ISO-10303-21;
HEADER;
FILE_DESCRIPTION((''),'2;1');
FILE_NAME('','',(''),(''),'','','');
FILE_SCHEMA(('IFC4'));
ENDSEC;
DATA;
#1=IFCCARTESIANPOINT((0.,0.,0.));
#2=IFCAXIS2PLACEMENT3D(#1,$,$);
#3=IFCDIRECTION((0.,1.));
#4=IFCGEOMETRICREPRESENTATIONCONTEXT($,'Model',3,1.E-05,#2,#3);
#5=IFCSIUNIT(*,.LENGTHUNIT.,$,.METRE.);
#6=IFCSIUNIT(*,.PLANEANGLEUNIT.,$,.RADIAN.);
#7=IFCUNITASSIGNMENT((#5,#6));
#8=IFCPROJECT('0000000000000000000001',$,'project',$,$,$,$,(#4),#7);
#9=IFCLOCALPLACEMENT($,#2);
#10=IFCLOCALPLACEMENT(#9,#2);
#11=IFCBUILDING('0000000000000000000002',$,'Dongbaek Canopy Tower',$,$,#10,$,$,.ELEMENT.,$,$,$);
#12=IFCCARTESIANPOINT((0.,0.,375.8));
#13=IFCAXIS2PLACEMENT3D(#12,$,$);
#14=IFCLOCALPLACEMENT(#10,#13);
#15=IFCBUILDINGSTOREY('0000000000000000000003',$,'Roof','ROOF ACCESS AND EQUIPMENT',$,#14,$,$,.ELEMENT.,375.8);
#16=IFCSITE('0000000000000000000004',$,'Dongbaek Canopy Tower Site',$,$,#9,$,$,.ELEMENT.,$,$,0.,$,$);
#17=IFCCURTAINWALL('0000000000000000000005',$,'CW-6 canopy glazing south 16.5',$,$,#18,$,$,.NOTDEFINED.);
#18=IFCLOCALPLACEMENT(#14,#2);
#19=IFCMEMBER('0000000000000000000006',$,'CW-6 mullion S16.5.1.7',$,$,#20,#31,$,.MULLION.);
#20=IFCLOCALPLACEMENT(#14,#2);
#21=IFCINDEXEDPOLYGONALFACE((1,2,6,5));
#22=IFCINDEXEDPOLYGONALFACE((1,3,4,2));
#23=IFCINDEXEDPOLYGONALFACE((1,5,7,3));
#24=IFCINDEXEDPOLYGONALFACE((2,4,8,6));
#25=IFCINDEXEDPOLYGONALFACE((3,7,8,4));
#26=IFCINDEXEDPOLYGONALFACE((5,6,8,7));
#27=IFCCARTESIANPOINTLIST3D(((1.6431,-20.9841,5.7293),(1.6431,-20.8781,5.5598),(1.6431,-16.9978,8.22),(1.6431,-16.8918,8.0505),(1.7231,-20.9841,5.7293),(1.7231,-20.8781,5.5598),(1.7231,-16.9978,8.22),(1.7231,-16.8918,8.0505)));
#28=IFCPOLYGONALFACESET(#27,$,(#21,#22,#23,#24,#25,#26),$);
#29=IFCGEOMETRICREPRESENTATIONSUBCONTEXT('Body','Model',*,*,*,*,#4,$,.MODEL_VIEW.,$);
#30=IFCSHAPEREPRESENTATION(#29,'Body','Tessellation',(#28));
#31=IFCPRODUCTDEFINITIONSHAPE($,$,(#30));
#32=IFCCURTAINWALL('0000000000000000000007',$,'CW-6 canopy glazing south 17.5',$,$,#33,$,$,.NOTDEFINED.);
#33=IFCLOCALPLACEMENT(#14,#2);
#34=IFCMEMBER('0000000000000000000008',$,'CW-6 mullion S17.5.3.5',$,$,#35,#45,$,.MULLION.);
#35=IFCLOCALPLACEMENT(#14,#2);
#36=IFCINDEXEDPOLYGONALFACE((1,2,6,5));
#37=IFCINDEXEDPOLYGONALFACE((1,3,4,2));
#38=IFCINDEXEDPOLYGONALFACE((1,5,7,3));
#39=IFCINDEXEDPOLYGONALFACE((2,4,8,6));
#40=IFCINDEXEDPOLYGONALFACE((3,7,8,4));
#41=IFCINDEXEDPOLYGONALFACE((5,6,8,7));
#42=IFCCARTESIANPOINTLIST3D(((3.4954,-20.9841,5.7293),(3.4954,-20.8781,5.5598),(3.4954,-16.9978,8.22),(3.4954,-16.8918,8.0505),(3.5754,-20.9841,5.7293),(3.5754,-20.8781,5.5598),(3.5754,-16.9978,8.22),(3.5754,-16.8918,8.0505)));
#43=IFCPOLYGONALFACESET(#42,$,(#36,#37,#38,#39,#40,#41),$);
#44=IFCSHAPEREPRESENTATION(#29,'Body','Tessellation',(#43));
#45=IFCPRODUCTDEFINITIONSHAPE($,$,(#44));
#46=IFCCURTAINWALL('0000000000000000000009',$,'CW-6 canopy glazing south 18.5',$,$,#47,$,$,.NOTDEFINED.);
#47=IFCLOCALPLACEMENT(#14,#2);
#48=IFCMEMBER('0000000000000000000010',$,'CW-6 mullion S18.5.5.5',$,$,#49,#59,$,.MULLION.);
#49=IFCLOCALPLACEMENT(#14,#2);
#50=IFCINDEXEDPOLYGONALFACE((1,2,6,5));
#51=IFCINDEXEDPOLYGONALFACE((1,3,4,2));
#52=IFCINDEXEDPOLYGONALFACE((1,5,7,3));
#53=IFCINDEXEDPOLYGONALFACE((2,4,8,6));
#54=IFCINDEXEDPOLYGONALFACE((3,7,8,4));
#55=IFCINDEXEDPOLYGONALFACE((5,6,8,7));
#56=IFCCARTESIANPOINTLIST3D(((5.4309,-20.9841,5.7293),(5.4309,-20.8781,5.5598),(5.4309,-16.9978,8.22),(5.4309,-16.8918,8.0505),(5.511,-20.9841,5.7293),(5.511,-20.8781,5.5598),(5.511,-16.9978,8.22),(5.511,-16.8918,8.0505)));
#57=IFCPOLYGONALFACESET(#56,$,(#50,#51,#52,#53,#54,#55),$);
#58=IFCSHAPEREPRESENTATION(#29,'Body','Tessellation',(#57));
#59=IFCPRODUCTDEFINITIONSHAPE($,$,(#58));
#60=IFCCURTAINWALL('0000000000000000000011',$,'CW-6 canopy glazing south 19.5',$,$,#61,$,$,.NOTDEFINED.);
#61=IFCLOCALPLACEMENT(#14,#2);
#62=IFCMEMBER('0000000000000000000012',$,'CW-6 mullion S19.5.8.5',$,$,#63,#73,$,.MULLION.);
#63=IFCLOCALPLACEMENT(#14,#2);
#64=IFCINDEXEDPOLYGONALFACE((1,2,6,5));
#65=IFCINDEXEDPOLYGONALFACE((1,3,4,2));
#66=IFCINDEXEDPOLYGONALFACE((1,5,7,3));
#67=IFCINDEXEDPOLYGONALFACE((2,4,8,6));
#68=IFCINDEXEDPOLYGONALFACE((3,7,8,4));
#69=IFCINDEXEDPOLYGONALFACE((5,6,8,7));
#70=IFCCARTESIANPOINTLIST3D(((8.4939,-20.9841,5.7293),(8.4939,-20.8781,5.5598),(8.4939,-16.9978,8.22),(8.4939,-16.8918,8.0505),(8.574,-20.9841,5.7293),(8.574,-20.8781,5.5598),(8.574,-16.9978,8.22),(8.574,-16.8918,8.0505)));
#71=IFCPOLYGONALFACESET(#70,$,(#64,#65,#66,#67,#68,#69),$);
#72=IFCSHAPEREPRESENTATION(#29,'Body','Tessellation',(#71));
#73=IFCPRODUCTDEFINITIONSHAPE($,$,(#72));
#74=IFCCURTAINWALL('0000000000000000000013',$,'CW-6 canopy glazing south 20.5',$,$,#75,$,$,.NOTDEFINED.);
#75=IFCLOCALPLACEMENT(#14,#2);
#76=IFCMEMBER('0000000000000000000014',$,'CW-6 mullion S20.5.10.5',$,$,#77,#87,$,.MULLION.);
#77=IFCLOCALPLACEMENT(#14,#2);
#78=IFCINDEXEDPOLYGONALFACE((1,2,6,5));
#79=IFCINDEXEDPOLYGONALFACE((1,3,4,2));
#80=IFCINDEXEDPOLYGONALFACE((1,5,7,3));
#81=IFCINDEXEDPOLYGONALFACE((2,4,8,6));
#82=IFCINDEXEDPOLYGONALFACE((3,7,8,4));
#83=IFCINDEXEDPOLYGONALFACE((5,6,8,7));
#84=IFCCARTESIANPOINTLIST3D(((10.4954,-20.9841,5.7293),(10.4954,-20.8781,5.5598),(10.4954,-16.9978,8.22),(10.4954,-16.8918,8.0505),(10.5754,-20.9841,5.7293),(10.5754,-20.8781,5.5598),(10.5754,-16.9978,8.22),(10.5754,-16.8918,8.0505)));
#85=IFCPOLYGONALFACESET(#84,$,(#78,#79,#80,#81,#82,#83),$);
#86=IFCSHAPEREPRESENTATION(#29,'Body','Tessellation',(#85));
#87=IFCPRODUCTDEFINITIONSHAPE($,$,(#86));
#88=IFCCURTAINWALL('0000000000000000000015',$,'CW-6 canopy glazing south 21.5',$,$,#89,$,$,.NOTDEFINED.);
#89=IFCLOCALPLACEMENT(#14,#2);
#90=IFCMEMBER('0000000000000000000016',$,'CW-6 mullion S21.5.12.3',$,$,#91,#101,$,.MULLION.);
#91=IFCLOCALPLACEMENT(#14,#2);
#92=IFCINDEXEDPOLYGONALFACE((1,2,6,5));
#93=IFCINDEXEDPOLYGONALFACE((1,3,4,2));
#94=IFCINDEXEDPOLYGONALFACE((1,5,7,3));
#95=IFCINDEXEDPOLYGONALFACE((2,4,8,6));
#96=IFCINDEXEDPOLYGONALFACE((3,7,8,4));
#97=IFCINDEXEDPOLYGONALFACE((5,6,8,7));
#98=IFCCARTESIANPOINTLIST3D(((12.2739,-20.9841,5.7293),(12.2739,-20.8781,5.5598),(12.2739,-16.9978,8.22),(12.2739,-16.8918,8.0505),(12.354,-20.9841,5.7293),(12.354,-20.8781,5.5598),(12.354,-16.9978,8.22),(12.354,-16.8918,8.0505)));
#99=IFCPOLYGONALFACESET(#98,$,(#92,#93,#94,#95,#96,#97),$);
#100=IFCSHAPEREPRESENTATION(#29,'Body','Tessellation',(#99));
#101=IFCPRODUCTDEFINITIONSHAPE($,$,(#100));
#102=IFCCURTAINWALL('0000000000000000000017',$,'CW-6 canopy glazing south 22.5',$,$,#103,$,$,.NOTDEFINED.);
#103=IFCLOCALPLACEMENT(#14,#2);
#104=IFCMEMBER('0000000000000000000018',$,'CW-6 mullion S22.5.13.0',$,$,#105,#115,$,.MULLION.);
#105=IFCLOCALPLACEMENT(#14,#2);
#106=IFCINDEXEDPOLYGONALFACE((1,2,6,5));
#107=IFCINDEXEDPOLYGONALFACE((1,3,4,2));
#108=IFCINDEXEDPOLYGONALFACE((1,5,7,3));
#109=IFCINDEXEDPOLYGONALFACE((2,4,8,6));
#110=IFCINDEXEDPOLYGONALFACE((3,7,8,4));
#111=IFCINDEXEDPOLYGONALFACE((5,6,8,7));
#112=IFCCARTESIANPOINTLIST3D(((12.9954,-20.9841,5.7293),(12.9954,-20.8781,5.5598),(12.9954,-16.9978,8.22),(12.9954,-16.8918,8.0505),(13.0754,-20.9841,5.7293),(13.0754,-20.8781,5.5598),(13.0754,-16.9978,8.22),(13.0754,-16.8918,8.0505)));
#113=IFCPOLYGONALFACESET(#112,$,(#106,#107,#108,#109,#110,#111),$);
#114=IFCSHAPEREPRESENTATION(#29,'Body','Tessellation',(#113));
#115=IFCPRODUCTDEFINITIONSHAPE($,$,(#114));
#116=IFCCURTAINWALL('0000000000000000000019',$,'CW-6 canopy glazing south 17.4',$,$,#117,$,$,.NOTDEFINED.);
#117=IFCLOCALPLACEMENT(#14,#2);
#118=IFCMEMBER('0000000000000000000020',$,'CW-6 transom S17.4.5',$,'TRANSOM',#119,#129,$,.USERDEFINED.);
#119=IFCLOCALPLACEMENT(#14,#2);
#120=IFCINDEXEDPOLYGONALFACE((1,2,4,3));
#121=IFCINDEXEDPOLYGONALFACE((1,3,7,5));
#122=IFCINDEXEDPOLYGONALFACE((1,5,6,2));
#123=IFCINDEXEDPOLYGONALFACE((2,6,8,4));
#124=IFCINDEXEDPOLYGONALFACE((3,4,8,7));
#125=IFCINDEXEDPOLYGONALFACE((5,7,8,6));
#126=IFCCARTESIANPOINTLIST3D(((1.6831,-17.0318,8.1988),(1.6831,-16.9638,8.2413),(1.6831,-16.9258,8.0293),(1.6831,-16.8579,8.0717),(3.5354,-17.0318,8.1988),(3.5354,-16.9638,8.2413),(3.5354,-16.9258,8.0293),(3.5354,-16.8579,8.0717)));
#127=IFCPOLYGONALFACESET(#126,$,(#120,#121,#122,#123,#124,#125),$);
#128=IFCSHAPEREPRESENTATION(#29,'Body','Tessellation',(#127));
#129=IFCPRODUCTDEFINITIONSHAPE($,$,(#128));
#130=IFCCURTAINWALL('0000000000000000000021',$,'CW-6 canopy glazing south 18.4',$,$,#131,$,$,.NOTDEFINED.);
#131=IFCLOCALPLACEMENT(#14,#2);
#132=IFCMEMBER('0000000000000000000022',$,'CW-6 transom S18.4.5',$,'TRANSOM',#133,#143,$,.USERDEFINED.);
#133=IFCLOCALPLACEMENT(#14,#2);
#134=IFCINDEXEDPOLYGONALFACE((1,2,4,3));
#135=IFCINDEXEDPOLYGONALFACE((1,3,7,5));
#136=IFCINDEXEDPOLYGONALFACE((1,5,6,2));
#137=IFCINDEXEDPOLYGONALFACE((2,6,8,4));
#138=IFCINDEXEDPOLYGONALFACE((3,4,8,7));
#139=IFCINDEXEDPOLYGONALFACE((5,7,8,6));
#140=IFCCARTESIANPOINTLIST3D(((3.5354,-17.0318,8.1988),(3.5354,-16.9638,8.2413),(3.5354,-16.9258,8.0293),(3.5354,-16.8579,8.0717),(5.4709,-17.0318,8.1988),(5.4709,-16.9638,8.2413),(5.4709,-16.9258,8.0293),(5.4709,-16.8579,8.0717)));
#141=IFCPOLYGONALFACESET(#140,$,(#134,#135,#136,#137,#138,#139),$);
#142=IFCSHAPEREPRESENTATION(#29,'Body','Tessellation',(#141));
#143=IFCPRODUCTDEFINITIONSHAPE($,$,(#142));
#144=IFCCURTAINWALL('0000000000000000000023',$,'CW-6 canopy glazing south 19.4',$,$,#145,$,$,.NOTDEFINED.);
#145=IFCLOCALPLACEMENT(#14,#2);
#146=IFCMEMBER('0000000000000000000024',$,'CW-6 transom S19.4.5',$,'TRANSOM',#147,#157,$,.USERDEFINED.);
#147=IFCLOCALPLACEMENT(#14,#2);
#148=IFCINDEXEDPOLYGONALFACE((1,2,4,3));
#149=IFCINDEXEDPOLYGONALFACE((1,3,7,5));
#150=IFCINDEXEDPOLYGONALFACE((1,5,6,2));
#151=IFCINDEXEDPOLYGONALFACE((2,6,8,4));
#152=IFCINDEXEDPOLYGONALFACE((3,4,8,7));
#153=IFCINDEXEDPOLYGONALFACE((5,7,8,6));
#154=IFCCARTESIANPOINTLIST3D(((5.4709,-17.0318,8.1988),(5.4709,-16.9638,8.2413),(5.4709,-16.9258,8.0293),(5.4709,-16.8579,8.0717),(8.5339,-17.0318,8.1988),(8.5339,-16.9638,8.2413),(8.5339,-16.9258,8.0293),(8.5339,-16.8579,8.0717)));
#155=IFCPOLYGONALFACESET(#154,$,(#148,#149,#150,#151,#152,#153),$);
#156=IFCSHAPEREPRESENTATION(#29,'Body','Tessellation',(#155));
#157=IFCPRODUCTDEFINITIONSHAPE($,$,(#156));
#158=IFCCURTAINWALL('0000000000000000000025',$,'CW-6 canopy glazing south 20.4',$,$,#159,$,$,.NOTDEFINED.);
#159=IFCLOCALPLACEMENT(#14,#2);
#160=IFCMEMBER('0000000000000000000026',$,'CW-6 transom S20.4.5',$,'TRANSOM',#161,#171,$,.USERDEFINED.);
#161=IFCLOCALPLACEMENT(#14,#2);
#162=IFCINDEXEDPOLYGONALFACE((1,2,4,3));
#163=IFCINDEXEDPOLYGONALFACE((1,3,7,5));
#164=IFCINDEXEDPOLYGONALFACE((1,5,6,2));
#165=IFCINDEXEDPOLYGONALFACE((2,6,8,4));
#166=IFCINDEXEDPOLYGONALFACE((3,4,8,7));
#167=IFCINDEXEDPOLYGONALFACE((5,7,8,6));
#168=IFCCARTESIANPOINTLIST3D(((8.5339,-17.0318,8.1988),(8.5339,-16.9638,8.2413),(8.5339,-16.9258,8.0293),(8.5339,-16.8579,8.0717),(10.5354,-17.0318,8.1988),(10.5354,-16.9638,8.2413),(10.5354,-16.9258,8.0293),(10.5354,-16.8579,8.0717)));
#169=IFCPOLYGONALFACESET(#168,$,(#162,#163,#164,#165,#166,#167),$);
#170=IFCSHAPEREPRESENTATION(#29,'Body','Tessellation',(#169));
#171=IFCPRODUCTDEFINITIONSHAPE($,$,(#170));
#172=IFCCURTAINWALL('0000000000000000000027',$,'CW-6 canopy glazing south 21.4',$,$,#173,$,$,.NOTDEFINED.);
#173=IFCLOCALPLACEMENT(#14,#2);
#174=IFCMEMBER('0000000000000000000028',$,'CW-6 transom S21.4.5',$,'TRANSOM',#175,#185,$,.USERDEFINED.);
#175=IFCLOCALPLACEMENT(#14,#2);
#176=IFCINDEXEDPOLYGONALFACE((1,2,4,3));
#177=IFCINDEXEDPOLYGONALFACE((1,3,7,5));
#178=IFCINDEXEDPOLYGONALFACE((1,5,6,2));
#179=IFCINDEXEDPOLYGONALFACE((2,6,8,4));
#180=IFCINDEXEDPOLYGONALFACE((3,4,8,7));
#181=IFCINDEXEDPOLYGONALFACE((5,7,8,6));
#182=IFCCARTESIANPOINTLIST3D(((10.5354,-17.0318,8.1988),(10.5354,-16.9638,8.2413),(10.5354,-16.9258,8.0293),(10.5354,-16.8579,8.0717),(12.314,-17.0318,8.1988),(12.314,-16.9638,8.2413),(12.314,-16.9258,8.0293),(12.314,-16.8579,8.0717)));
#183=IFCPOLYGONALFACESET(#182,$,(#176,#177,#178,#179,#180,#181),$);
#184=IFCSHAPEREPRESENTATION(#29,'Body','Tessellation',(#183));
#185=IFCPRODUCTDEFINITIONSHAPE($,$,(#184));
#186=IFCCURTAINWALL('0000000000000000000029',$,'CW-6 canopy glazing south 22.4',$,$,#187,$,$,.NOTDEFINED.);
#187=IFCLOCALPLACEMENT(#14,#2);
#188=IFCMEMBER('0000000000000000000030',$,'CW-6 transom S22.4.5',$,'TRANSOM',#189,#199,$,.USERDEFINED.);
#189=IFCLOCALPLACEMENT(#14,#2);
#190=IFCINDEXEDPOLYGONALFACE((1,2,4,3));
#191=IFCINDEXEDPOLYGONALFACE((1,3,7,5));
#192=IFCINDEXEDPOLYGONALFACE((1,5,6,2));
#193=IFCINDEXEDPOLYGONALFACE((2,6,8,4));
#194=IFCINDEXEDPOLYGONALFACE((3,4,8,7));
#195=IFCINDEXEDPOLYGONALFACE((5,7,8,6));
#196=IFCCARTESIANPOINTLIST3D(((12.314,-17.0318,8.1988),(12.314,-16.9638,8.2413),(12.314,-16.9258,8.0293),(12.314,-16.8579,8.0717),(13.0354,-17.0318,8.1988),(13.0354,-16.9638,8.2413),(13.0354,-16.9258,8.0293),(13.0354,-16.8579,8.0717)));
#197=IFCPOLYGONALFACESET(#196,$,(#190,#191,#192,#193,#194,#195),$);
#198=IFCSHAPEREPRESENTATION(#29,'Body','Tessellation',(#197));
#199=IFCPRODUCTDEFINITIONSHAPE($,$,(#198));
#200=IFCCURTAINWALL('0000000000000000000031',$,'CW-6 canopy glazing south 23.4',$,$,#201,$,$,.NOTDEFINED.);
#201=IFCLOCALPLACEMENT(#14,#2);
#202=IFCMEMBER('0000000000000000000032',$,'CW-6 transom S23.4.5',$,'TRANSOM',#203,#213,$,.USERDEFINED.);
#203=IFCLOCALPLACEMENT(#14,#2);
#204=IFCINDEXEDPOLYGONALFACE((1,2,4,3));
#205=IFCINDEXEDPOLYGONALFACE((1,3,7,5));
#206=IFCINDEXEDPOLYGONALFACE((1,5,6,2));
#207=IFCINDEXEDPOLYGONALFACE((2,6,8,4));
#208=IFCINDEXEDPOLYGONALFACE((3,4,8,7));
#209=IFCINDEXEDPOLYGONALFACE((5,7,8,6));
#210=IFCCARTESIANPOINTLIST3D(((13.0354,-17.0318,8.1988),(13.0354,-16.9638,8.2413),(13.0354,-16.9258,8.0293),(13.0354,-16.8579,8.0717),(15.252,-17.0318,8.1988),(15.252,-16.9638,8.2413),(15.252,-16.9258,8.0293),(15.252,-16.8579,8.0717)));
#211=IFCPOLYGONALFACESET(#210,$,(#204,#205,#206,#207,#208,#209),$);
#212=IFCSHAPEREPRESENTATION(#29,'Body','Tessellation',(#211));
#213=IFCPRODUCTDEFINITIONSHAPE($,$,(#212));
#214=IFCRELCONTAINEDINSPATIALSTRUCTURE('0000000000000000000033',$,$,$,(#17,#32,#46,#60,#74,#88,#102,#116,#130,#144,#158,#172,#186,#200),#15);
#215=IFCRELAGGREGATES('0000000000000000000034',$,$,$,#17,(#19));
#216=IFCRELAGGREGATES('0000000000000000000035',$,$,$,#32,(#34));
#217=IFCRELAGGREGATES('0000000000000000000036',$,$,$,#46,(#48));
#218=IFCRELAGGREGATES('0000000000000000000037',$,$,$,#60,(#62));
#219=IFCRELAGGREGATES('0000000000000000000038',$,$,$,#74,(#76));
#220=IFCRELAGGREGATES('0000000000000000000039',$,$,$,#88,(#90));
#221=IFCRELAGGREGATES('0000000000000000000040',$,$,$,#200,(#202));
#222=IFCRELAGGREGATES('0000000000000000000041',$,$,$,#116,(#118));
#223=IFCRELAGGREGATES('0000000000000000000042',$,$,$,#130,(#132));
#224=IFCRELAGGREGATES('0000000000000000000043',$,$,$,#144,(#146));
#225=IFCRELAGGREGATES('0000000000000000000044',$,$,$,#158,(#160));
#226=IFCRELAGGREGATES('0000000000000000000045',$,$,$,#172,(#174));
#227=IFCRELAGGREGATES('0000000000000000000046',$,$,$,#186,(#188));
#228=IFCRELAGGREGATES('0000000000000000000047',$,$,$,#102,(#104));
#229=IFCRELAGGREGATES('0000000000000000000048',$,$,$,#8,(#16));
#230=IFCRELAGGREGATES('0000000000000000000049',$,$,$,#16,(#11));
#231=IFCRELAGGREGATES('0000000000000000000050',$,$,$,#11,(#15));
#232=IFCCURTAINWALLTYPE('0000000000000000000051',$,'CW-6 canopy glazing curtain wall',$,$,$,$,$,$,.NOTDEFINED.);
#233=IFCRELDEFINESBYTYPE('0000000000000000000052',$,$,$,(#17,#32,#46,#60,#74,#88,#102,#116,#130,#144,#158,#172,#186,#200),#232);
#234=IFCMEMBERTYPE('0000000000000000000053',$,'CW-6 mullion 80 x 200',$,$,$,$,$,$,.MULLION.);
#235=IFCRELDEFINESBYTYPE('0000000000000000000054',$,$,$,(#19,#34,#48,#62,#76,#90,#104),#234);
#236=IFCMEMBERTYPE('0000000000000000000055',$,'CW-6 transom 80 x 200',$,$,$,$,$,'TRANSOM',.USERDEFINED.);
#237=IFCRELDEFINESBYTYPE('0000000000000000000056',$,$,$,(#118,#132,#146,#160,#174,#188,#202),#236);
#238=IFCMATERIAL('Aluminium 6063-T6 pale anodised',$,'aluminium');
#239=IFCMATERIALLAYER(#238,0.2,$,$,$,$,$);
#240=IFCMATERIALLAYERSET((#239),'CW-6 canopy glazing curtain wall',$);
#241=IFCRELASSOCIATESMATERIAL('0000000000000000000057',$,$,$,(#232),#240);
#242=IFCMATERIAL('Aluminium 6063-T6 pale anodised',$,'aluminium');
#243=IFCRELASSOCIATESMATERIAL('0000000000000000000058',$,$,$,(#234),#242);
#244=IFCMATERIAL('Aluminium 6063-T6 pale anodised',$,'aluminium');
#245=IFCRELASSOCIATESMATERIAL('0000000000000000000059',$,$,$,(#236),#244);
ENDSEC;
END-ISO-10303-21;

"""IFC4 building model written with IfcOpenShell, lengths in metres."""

from ifc_helpers import new_model, si_unit, direction, frame, origin, origin_2d, place, context, subcontext, project, spatial, rectangle, extrude, material, layer, layer_set, material_profile, profile_set, type_object, element, aggregate, save


model = new_model("IFC4")

# Units and contexts
model_context = context("Model", 3, precision=1e-05, world=origin(), true_north=direction((0.0, 1.0)))
body_context = subcontext(model_context, "Body", "Model", "MODEL_VIEW")
ifc_project = project(units=[si_unit("LENGTHUNIT", "METRE"), si_unit("PLANEANGLEUNIT", "RADIAN")], contexts=[model_context])

# Site, building, storey
site_placement = place(None, origin())
site = spatial("IfcSite", under=ifc_project, at=site_placement, Name="Dongbaek Canopy Tower Site", CompositionType="ELEMENT", RefElevation=0.0)
building_placement = place(site_placement, origin())
building = spatial("IfcBuilding", under=site, at=building_placement, Name="Dongbaek Canopy Tower", CompositionType="ELEMENT")
storey_placement = place(building_placement, frame((0.0, 0.0, 375.8)))
storey = spatial("IfcBuildingStorey", under=building, at=storey_placement, Name="Roof", Description="ROOF ACCESS AND EQUIPMENT", CompositionType="ELEMENT", Elevation=375.8)

# Curtain walls, members
ifc_material_1 = material(Name="Aluminium 6063-T6 pale anodised", Category="aluminium")
ifc_layer_1 = layer(ifc_material_1, 0.2)
ifc_layer_set_1 = layer_set([ifc_layer_1], Name="CW-6 canopy glazing curtain wall")
curtain_wall_type = type_object("IfcCurtainWallType", Name="CW-6 canopy glazing curtain wall", PredefinedType="NOTDEFINED", material=ifc_layer_set_1)
curtain_wall_1_placement = place(storey_placement, origin())
curtain_wall_1 = element("IfcCurtainWall", 1, at=curtain_wall_1_placement, inside=storey, type_object=curtain_wall_type, Name="CW-6 canopy glazing south 16.5", PredefinedType="NOTDEFINED")
ifc_material_2 = material(Name="Aluminium 6063-T6 pale anodised", Category="aluminium")
ifc_material_profile_1 = material_profile(ifc_material_2, rectangle(XDim=0.0801, YDim=0.2, at=origin_2d()), Name="CW-6 mullion 80 x 200")
ifc_profile_set_1 = profile_set([ifc_material_profile_1], Name="Aluminium 6063-T6 pale anodised")
member_type_1 = type_object("IfcMemberType", Name="CW-6 mullion 80 x 200", PredefinedType="MULLION", material=ifc_profile_set_1)
member_1_placement = place(storey_placement, frame((1.6831, -16.9448, 8.1353), z_axis=(0.0, -0.848068, -0.529887), x_axis=(1.0, 0.0, 0.0)))
member_1 = element("IfcMember", 2, at=member_1_placement, type_object=member_type_1, Name="CW-6 mullion S16.5.1.7", PredefinedType="MULLION", context=body_context, shape_type="SweptSolid", body=[
    extrude(rectangle(XDim=0.0801, YDim=0.2, at=origin_2d()), origin(), (0.0, 0.0, 1.0), 4.7004),
])
aggregate(curtain_wall_1, [member_1])
curtain_wall_2_placement = place(storey_placement, origin())
curtain_wall_2 = element("IfcCurtainWall", 3, at=curtain_wall_2_placement, inside=storey, type_object=curtain_wall_type, Name="CW-6 canopy glazing south 17.5", PredefinedType="NOTDEFINED")
member_2_placement = place(storey_placement, frame((3.5354, -16.9448, 8.1353), z_axis=(0.0, -0.848068, -0.529887), x_axis=(1.0, 0.0, 0.0)))
member_2 = element("IfcMember", 4, at=member_2_placement, type_object=member_type_1, Name="CW-6 mullion S17.5.3.5", PredefinedType="MULLION", context=body_context, shape_type="SweptSolid", body=[
    extrude(rectangle(XDim=0.0801, YDim=0.2, at=origin_2d()), origin(), (0.0, 0.0, 1.0), 4.7004),
])
aggregate(curtain_wall_2, [member_2])
curtain_wall_3_placement = place(storey_placement, origin())
curtain_wall_3 = element("IfcCurtainWall", 5, at=curtain_wall_3_placement, inside=storey, type_object=curtain_wall_type, Name="CW-6 canopy glazing south 18.5", PredefinedType="NOTDEFINED")
member_3_placement = place(storey_placement, frame((5.4709, -16.9448, 8.1353), z_axis=(0.0, -0.848068, -0.529887), x_axis=(1.0, 0.0, 0.0)))
member_3 = element("IfcMember", 6, at=member_3_placement, type_object=member_type_1, Name="CW-6 mullion S18.5.5.5", PredefinedType="MULLION", context=body_context, shape_type="SweptSolid", body=[
    extrude(rectangle(XDim=0.0801, YDim=0.2, at=origin_2d()), origin(), (0.0, 0.0, 1.0), 4.7004),
])
aggregate(curtain_wall_3, [member_3])
curtain_wall_4_placement = place(storey_placement, origin())
curtain_wall_4 = element("IfcCurtainWall", 7, at=curtain_wall_4_placement, inside=storey, type_object=curtain_wall_type, Name="CW-6 canopy glazing south 19.5", PredefinedType="NOTDEFINED")
member_4_placement = place(storey_placement, frame((8.5339, -16.9448, 8.1353), z_axis=(0.0, -0.848068, -0.529887), x_axis=(1.0, 0.0, 0.0)))
member_4 = element("IfcMember", 8, at=member_4_placement, type_object=member_type_1, Name="CW-6 mullion S19.5.8.5", PredefinedType="MULLION", context=body_context, shape_type="SweptSolid", body=[
    extrude(rectangle(XDim=0.0801, YDim=0.2, at=origin_2d()), origin(), (0.0, 0.0, 1.0), 4.7004),
])
aggregate(curtain_wall_4, [member_4])
curtain_wall_5_placement = place(storey_placement, origin())
curtain_wall_5 = element("IfcCurtainWall", 9, at=curtain_wall_5_placement, inside=storey, type_object=curtain_wall_type, Name="CW-6 canopy glazing south 20.5", PredefinedType="NOTDEFINED")
member_5_placement = place(storey_placement, frame((10.5354, -16.9448, 8.1353), z_axis=(0.0, -0.848068, -0.529887), x_axis=(1.0, 0.0, 0.0)))
member_5 = element("IfcMember", 10, at=member_5_placement, type_object=member_type_1, Name="CW-6 mullion S20.5.10.5", PredefinedType="MULLION", context=body_context, shape_type="SweptSolid", body=[
    extrude(rectangle(XDim=0.0801, YDim=0.2, at=origin_2d()), origin(), (0.0, 0.0, 1.0), 4.7004),
])
aggregate(curtain_wall_5, [member_5])
curtain_wall_6_placement = place(storey_placement, origin())
curtain_wall_6 = element("IfcCurtainWall", 11, at=curtain_wall_6_placement, inside=storey, type_object=curtain_wall_type, Name="CW-6 canopy glazing south 21.5", PredefinedType="NOTDEFINED")
member_6_placement = place(storey_placement, frame((12.314, -16.9448, 8.1353), z_axis=(0.0, -0.848068, -0.529887), x_axis=(1.0, 0.0, 0.0)))
member_6 = element("IfcMember", 12, at=member_6_placement, type_object=member_type_1, Name="CW-6 mullion S21.5.12.3", PredefinedType="MULLION", context=body_context, shape_type="SweptSolid", body=[
    extrude(rectangle(XDim=0.0801, YDim=0.2, at=origin_2d()), origin(), (0.0, 0.0, 1.0), 4.7004),
])
aggregate(curtain_wall_6, [member_6])
curtain_wall_7_placement = place(storey_placement, origin())
curtain_wall_7 = element("IfcCurtainWall", 13, at=curtain_wall_7_placement, inside=storey, type_object=curtain_wall_type, Name="CW-6 canopy glazing south 22.5", PredefinedType="NOTDEFINED")
member_7_placement = place(storey_placement, frame((13.0354, -16.9448, 8.1353), z_axis=(0.0, -0.848068, -0.529887), x_axis=(1.0, 0.0, 0.0)))
member_7 = element("IfcMember", 14, at=member_7_placement, type_object=member_type_1, Name="CW-6 mullion S22.5.13.0", PredefinedType="MULLION", context=body_context, shape_type="SweptSolid", body=[
    extrude(rectangle(XDim=0.0801, YDim=0.2, at=origin_2d()), origin(), (0.0, 0.0, 1.0), 4.7004),
])
curtain_wall_8_placement = place(storey_placement, origin())
curtain_wall_8 = element("IfcCurtainWall", 15, at=curtain_wall_8_placement, inside=storey, type_object=curtain_wall_type, Name="CW-6 canopy glazing south 17.4", PredefinedType="NOTDEFINED")
ifc_material_3 = material(Name="Aluminium 6063-T6 pale anodised", Category="aluminium")
ifc_material_profile_2 = material_profile(ifc_material_3, rectangle(XDim=0.0801, YDim=0.2, at=origin_2d()), Name="CW-6 transom 80 x 200")
ifc_profile_set_2 = profile_set([ifc_material_profile_2], Name="Aluminium 6063-T6 pale anodised")
member_type_2 = type_object("IfcMemberType", Name="CW-6 transom 80 x 200", ElementType="TRANSOM", PredefinedType="USERDEFINED", material=ifc_profile_set_2)
member_8_placement = place(storey_placement, frame((1.6831, -16.9448, 8.1353), z_axis=(1.0, 0.0, 0.0), x_axis=(0.0, 0.848048, 0.529919)))
member_8 = element("IfcMember", 16, at=member_8_placement, type_object=member_type_2, Name="CW-6 transom S17.4.5", ObjectType="TRANSOM", PredefinedType="USERDEFINED", context=body_context, shape_type="SweptSolid", body=[
    extrude(rectangle(XDim=0.0801, YDim=0.2, at=origin_2d()), origin(), (0.0, 0.0, 1.0), 1.8523),
])
curtain_wall_9_placement = place(storey_placement, origin())
curtain_wall_9 = element("IfcCurtainWall", 17, at=curtain_wall_9_placement, inside=storey, type_object=curtain_wall_type, Name="CW-6 canopy glazing south 18.4", PredefinedType="NOTDEFINED")
member_9_placement = place(storey_placement, frame((3.5354, -16.9448, 8.1353), z_axis=(1.0, 0.0, 0.0), x_axis=(0.0, 0.848048, 0.529919)))
member_9 = element("IfcMember", 18, at=member_9_placement, type_object=member_type_2, Name="CW-6 transom S18.4.5", ObjectType="TRANSOM", PredefinedType="USERDEFINED", context=body_context, shape_type="SweptSolid", body=[
    extrude(rectangle(XDim=0.0801, YDim=0.2, at=origin_2d()), origin(), (0.0, 0.0, 1.0), 1.9355),
])
curtain_wall_10_placement = place(storey_placement, origin())
curtain_wall_10 = element("IfcCurtainWall", 19, at=curtain_wall_10_placement, inside=storey, type_object=curtain_wall_type, Name="CW-6 canopy glazing south 19.4", PredefinedType="NOTDEFINED")
member_10_placement = place(storey_placement, frame((5.4709, -16.9448, 8.1353), z_axis=(1.0, 0.0, 0.0), x_axis=(0.0, 0.848048, 0.529919)))
member_10 = element("IfcMember", 20, at=member_10_placement, type_object=member_type_2, Name="CW-6 transom S19.4.5", ObjectType="TRANSOM", PredefinedType="USERDEFINED", context=body_context, shape_type="SweptSolid", body=[
    extrude(rectangle(XDim=0.0801, YDim=0.2, at=origin_2d()), origin(), (0.0, 0.0, 1.0), 3.063),
])
curtain_wall_11_placement = place(storey_placement, origin())
curtain_wall_11 = element("IfcCurtainWall", 21, at=curtain_wall_11_placement, inside=storey, type_object=curtain_wall_type, Name="CW-6 canopy glazing south 20.4", PredefinedType="NOTDEFINED")
member_11_placement = place(storey_placement, frame((8.5339, -16.9448, 8.1353), z_axis=(1.0, 0.0, 0.0), x_axis=(0.0, 0.848048, 0.529919)))
member_11 = element("IfcMember", 22, at=member_11_placement, type_object=member_type_2, Name="CW-6 transom S20.4.5", ObjectType="TRANSOM", PredefinedType="USERDEFINED", context=body_context, shape_type="SweptSolid", body=[
    extrude(rectangle(XDim=0.0801, YDim=0.2, at=origin_2d()), origin(), (0.0, 0.0, 1.0), 2.0015),
])
curtain_wall_12_placement = place(storey_placement, origin())
curtain_wall_12 = element("IfcCurtainWall", 23, at=curtain_wall_12_placement, inside=storey, type_object=curtain_wall_type, Name="CW-6 canopy glazing south 21.4", PredefinedType="NOTDEFINED")
member_12_placement = place(storey_placement, frame((10.5354, -16.9448, 8.1353), z_axis=(1.0, 0.0, 0.0), x_axis=(0.0, 0.848048, 0.529919)))
member_12 = element("IfcMember", 24, at=member_12_placement, type_object=member_type_2, Name="CW-6 transom S21.4.5", ObjectType="TRANSOM", PredefinedType="USERDEFINED", context=body_context, shape_type="SweptSolid", body=[
    extrude(rectangle(XDim=0.0801, YDim=0.2, at=origin_2d()), origin(), (0.0, 0.0, 1.0), 1.7786),
])
curtain_wall_13_placement = place(storey_placement, origin())
curtain_wall_13 = element("IfcCurtainWall", 25, at=curtain_wall_13_placement, inside=storey, type_object=curtain_wall_type, Name="CW-6 canopy glazing south 22.4", PredefinedType="NOTDEFINED")
member_13_placement = place(storey_placement, frame((12.314, -16.9448, 8.1353), z_axis=(1.0, 0.0, 0.0), x_axis=(0.0, 0.848048, 0.529919)))
member_13 = element("IfcMember", 26, at=member_13_placement, type_object=member_type_2, Name="CW-6 transom S22.4.5", ObjectType="TRANSOM", PredefinedType="USERDEFINED", context=body_context, shape_type="SweptSolid", body=[
    extrude(rectangle(XDim=0.0801, YDim=0.2, at=origin_2d()), origin(), (0.0, 0.0, 1.0), 0.7214),
])
curtain_wall_14_placement = place(storey_placement, origin())
curtain_wall_14 = element("IfcCurtainWall", 27, at=curtain_wall_14_placement, inside=storey, type_object=curtain_wall_type, Name="CW-6 canopy glazing south 23.4", PredefinedType="NOTDEFINED")
member_14_placement = place(storey_placement, frame((13.0354, -16.9448, 8.1353), z_axis=(1.0, 0.0, 0.0), x_axis=(0.0, 0.848048, 0.529919)))
member_14 = element("IfcMember", 28, at=member_14_placement, type_object=member_type_2, Name="CW-6 transom S23.4.5", ObjectType="TRANSOM", PredefinedType="USERDEFINED", context=body_context, shape_type="SweptSolid", body=[
    extrude(rectangle(XDim=0.0801, YDim=0.2, at=origin_2d()), origin(), (0.0, 0.0, 1.0), 2.2166),
])
aggregate(curtain_wall_14, [member_14])

aggregate(curtain_wall_8, [member_8])
aggregate(curtain_wall_9, [member_9])
aggregate(curtain_wall_10, [member_10])
aggregate(curtain_wall_11, [member_11])
aggregate(curtain_wall_12, [member_12])
aggregate(curtain_wall_13, [member_13])
aggregate(curtain_wall_7, [member_7])

save(model, "model.ifc")
